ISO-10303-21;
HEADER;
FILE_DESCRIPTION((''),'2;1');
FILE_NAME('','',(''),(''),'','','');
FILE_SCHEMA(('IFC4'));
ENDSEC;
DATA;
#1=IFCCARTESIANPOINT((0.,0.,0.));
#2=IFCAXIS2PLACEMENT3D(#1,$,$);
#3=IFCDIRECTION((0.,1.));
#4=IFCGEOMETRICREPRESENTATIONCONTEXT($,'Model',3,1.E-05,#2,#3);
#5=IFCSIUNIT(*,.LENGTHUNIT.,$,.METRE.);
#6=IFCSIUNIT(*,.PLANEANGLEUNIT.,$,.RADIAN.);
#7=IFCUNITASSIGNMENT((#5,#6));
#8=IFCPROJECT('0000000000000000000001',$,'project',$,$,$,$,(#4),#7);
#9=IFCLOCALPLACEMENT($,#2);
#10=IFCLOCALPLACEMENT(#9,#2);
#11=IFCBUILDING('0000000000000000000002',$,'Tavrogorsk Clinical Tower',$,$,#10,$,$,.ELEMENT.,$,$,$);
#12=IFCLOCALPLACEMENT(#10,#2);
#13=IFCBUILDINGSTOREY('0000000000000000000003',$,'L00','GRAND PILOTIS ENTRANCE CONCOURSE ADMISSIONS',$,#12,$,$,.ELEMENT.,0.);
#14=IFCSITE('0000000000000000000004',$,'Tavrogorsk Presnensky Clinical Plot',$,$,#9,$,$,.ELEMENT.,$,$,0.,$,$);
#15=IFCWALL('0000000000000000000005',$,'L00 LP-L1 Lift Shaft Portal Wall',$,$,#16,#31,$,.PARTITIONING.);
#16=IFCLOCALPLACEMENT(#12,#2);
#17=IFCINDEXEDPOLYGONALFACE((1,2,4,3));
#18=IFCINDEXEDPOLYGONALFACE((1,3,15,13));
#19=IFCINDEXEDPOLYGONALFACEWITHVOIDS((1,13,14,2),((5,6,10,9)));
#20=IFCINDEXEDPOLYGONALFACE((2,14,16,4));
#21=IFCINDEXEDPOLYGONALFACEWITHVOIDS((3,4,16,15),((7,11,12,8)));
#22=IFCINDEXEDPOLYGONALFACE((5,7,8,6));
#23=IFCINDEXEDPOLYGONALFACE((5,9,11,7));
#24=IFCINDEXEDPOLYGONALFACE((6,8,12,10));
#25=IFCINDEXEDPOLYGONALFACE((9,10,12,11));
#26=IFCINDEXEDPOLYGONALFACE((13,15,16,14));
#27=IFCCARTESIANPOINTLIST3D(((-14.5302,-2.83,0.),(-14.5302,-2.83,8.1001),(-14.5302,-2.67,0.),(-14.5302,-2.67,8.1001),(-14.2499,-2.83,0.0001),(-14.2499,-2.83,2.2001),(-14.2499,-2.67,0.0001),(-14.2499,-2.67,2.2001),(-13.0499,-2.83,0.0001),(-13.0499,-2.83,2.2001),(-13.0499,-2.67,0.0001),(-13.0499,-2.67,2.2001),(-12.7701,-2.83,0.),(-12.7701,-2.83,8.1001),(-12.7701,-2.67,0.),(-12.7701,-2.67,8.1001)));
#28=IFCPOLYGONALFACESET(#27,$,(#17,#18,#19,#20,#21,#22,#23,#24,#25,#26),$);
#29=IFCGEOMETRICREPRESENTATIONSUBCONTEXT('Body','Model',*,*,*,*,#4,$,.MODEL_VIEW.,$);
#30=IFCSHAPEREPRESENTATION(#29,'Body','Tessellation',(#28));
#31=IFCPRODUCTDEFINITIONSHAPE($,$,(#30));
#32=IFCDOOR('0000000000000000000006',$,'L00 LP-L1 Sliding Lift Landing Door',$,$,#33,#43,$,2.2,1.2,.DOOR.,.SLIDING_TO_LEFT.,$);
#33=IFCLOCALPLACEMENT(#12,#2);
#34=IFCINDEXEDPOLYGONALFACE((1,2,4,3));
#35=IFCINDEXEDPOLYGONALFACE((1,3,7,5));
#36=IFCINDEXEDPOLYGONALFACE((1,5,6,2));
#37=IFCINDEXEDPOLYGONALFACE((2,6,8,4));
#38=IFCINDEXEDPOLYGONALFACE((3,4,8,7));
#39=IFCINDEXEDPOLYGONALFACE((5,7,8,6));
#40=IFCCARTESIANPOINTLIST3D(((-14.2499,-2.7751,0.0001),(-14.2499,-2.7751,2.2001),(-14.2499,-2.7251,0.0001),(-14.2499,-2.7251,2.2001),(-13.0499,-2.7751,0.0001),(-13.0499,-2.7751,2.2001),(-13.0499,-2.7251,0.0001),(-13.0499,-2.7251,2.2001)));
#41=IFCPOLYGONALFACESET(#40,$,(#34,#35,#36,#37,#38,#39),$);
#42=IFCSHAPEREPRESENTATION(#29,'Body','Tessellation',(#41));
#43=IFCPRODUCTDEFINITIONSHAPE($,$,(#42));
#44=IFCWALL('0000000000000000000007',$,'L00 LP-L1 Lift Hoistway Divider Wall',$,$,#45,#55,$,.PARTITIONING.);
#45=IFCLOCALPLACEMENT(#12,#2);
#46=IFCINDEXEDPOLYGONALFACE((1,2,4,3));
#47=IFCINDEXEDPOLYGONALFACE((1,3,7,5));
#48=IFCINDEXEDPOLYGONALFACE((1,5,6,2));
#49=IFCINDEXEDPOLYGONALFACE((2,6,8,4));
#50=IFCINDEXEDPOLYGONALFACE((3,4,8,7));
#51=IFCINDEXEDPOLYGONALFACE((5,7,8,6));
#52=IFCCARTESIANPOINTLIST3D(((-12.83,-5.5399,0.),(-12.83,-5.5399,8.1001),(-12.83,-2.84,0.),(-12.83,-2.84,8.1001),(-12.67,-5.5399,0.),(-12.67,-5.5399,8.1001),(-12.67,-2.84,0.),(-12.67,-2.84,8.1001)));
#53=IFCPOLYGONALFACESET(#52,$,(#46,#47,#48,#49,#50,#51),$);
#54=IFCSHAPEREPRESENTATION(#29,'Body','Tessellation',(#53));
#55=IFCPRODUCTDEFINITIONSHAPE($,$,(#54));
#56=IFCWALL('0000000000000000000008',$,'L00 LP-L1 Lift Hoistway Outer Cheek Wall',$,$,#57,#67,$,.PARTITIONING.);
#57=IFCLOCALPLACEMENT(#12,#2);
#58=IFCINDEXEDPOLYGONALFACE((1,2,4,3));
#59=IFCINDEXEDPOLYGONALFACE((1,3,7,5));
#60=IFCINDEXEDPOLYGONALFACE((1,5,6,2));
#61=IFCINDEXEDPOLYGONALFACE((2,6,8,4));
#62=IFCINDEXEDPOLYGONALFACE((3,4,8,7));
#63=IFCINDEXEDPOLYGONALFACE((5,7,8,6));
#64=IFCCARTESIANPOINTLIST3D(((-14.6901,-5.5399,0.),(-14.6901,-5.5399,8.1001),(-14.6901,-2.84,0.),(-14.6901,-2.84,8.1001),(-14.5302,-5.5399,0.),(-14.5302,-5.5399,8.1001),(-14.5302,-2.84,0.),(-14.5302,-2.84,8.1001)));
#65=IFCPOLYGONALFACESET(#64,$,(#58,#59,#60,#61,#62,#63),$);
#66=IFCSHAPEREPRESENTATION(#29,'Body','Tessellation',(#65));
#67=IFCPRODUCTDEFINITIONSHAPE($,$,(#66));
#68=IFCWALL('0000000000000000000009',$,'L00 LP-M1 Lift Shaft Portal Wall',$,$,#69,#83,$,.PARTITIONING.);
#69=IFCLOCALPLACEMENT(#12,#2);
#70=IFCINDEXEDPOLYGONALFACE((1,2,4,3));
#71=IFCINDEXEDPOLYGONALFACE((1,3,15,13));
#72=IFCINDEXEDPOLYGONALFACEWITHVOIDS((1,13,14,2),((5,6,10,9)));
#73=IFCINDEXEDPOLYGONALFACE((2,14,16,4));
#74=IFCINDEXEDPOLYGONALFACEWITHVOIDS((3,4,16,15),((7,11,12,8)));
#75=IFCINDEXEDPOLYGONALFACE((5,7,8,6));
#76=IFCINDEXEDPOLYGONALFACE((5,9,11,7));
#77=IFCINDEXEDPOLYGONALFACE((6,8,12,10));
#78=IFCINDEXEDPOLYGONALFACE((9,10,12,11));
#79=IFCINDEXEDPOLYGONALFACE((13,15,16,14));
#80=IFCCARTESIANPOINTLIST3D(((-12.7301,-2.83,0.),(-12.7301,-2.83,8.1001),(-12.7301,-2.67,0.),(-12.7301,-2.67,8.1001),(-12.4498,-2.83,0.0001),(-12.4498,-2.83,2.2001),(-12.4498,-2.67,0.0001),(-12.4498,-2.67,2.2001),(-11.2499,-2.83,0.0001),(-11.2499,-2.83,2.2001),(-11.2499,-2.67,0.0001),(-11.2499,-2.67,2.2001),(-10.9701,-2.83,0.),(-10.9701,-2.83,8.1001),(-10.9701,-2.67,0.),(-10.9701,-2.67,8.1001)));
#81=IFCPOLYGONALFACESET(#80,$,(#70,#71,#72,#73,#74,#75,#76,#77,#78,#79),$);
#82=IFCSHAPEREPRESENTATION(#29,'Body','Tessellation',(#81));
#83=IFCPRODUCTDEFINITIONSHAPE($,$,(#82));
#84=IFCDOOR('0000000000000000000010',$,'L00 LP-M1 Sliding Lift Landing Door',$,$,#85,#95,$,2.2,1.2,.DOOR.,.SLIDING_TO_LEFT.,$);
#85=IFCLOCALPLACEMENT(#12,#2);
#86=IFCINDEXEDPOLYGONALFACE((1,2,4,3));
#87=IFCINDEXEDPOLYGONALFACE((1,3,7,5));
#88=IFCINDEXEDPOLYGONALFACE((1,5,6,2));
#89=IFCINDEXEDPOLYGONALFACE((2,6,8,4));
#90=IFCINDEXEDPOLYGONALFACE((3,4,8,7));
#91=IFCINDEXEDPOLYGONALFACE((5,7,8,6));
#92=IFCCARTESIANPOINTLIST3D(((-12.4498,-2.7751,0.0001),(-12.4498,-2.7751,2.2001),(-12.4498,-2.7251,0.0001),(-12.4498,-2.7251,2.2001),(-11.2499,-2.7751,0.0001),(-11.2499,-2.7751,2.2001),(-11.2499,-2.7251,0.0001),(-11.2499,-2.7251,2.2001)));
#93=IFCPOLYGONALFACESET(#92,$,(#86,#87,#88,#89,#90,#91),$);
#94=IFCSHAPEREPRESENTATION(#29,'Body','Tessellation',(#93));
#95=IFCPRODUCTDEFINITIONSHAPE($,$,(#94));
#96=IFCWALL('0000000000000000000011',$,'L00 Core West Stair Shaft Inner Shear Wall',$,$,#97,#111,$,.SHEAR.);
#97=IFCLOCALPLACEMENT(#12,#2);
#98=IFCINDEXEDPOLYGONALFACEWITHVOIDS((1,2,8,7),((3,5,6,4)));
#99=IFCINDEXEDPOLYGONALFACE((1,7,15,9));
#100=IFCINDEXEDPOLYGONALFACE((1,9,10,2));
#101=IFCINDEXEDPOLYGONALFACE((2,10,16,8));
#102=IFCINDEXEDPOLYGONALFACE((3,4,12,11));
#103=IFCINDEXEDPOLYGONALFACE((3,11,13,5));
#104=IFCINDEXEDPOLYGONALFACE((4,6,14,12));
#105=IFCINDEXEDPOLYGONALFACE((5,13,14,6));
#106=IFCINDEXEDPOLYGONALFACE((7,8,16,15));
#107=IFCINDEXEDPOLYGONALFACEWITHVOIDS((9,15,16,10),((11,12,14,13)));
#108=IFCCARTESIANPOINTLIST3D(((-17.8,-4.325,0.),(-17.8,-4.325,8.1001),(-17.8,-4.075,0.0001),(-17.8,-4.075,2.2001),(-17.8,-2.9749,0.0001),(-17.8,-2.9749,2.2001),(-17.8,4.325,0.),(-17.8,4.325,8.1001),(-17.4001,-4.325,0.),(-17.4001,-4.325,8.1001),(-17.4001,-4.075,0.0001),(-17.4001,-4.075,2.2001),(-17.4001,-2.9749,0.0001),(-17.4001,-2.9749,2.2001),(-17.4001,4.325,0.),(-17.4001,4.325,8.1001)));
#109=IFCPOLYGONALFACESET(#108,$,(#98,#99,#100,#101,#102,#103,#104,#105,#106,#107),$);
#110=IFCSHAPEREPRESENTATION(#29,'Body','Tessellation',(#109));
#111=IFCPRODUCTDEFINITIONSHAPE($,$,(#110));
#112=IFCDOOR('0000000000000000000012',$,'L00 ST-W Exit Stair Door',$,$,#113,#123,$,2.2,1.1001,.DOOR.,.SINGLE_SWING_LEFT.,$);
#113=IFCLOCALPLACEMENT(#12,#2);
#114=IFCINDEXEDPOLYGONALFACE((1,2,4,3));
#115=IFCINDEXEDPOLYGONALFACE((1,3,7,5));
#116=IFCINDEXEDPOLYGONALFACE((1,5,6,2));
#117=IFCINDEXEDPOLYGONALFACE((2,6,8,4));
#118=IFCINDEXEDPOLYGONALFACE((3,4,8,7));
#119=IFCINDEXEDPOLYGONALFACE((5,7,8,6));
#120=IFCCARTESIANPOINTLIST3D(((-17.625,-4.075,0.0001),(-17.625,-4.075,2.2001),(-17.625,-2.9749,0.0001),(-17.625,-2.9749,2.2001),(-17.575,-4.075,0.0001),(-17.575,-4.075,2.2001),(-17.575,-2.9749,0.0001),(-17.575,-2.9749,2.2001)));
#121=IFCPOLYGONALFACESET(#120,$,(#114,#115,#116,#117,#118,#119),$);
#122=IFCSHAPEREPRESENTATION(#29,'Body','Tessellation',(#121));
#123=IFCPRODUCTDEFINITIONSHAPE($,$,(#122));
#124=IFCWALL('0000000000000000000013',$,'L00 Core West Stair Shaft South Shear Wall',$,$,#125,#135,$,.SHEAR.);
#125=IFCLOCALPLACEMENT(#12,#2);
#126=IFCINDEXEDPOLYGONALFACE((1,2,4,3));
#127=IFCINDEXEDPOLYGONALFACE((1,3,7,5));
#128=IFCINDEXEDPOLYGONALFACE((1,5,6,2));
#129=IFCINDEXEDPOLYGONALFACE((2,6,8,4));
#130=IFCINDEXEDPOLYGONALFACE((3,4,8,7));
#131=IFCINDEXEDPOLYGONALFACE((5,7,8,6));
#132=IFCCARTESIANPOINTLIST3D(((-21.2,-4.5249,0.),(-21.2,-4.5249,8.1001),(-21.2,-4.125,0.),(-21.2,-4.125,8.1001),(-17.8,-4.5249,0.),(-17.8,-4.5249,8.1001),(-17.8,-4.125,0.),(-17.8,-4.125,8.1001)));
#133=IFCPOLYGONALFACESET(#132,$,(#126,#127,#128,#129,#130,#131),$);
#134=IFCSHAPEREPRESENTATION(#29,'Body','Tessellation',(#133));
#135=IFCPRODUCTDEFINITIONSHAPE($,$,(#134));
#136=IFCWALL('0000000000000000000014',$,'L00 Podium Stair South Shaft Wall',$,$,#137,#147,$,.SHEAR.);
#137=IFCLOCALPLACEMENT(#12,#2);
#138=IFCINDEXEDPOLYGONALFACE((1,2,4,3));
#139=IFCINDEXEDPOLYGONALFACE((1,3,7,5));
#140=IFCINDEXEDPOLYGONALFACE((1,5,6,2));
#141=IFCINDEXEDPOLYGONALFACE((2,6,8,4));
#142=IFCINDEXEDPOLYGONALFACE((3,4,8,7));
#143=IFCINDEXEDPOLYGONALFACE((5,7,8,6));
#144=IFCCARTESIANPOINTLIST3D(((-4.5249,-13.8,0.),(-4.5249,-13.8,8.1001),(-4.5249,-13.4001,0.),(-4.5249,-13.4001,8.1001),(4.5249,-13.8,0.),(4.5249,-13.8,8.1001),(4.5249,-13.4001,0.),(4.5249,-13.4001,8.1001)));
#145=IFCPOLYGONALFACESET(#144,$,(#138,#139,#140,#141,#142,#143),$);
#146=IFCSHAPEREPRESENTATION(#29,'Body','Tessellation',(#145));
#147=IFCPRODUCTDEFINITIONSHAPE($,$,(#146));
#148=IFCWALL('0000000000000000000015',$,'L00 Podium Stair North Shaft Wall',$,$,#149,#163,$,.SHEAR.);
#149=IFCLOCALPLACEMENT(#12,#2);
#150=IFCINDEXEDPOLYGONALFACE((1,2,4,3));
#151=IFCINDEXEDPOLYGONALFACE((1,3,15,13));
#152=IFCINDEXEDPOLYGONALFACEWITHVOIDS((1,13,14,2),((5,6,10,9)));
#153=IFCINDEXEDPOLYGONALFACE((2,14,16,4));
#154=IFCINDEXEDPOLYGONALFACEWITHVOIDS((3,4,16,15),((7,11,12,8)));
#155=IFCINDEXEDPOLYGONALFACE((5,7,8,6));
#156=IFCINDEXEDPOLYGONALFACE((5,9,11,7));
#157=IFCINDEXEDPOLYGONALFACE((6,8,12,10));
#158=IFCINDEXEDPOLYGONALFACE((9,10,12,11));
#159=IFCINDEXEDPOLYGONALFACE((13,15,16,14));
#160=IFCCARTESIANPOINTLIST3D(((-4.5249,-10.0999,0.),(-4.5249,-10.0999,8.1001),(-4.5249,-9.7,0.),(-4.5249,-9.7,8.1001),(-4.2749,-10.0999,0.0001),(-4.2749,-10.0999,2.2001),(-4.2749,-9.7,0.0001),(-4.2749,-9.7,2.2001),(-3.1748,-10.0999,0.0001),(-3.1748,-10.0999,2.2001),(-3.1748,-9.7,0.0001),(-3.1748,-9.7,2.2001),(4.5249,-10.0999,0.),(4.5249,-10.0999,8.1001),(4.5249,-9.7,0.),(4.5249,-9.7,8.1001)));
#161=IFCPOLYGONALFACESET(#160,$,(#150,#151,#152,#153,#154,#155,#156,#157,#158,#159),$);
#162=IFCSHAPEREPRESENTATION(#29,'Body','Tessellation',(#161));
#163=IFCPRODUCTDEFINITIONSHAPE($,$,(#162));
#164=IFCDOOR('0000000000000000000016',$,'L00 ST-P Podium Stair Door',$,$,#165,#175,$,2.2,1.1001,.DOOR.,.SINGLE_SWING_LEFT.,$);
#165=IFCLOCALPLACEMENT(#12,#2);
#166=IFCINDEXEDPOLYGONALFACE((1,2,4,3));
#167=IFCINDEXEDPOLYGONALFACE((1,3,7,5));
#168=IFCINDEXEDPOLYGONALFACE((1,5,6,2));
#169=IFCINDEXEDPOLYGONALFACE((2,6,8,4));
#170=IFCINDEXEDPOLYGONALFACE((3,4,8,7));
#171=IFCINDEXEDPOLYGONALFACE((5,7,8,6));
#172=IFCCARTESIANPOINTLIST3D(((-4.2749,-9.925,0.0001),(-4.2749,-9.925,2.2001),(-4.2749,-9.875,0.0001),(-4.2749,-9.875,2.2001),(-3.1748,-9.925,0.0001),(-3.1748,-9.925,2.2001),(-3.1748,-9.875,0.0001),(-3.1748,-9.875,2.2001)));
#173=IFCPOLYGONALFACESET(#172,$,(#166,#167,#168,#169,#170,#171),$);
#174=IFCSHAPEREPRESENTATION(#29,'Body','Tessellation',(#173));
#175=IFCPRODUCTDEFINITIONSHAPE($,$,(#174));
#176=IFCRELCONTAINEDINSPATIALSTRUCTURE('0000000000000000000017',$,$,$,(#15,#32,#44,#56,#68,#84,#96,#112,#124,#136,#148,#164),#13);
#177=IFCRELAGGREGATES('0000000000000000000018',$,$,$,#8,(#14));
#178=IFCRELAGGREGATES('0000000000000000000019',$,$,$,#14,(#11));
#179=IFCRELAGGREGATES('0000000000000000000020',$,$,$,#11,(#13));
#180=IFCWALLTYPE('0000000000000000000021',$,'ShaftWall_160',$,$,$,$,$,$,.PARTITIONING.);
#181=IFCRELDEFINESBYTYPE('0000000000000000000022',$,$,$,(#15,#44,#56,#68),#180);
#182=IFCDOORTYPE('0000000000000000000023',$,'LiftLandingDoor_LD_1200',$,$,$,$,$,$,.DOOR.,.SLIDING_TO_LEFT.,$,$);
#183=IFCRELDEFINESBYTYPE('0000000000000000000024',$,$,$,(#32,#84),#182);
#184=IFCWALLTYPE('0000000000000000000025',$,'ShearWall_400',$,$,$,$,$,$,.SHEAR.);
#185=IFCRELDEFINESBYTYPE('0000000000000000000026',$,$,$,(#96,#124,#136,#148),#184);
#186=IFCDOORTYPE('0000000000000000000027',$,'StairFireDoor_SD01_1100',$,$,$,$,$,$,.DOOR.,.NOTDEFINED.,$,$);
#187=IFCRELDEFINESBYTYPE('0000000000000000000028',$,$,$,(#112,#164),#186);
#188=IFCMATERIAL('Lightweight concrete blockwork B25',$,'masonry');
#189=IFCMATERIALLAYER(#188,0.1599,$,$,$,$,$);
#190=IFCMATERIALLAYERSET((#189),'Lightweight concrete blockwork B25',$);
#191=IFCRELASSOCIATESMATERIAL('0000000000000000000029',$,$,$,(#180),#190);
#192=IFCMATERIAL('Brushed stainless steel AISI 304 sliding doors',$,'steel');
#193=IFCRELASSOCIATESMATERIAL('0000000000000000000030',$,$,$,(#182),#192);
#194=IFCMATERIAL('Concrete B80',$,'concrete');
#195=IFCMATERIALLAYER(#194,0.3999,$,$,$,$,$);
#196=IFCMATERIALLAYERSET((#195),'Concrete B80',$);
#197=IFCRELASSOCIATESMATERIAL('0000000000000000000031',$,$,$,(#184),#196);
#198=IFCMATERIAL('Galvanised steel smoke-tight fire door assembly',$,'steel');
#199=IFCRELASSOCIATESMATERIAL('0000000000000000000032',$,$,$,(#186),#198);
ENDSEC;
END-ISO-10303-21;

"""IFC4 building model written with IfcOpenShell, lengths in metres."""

from ifc_helpers import new_model, si_unit, direction, frame, frame_2d, origin, place, context, subcontext, project, spatial, rectangle, extrude, material, layer, layer_set, type_object, element, fill, save


model = new_model("IFC4")

# Units and contexts
model_context = context("Model", 3, precision=1e-05, world=origin(), true_north=direction((0.0, 1.0)))
body_context = subcontext(model_context, "Body", "Model", "MODEL_VIEW")
ifc_project = project(units=[si_unit("LENGTHUNIT", "METRE"), si_unit("PLANEANGLEUNIT", "RADIAN")], contexts=[model_context])

# Site, building, storey
site_placement = place(None, origin())
site = spatial("IfcSite", under=ifc_project, at=site_placement, Name="Tavrogorsk Presnensky Clinical Plot", CompositionType="ELEMENT", RefElevation=0.0)
building_placement = place(site_placement, origin())
building = spatial("IfcBuilding", under=site, at=building_placement, Name="Tavrogorsk Clinical Tower", CompositionType="ELEMENT")
storey_placement = place(building_placement, origin())
storey = spatial("IfcBuildingStorey", under=building, at=storey_placement, Name="L00", Description="GRAND PILOTIS ENTRANCE CONCOURSE ADMISSIONS", CompositionType="ELEMENT", Elevation=0.0)

# Wall, opening, door
ifc_material_1 = material(Name="Lightweight concrete blockwork B25", Category="masonry")
ifc_layer_1 = layer(ifc_material_1, 0.1599)
ifc_layer_set_1 = layer_set([ifc_layer_1], Name="Lightweight concrete blockwork B25")
wall_type_1 = type_object("IfcWallType", Name="ShaftWall_160", PredefinedType="PARTITIONING", material=ifc_layer_set_1)
wall_1_placement = place(storey_placement, frame((-14.53, -2.75, 0.0), z_axis=(0.0, 0.0, 1.0), x_axis=(1.0, 0.0, 0.0)))
wall_1 = element("IfcWall", 1, at=wall_1_placement, inside=storey, type_object=wall_type_1, Name="L00 LP-L1 Lift Shaft Portal Wall", PredefinedType="PARTITIONING", context=body_context, shape_type="SweptSolid", body=[
    extrude(rectangle(XDim=1.76, YDim=0.1599, at=frame_2d((0.8799, 0.0))), origin(), (0.0, 0.0, 1.0), 8.1001),
])
opening_1_placement = place(wall_1_placement, frame((0.28, 0.0, 0.0)))
opening_1 = element("IfcOpeningElement", 2, at=opening_1_placement, cuts=wall_1, PredefinedType="OPENING", context=body_context, shape_type="SweptSolid", body=[
    extrude(rectangle(XDim=1.2, YDim=2.2, at=frame_2d((0.6001, 1.1001))), frame((0.0, 0.0898, 0.0), z_axis=(0.0, -1.0, 0.0), x_axis=(1.0, 0.0, 0.0)), (0.0, 0.0, 1.0), 0.1799),
])
ifc_material_2 = material(Name="Brushed stainless steel AISI 304 sliding doors", Category="steel")
door_type_1 = type_object("IfcDoorType", Name="LiftLandingDoor_LD_1200", OperationType="SLIDING_TO_LEFT", PredefinedType="DOOR", material=ifc_material_2)
door_1_placement = place(opening_1_placement, origin())
door_1 = element("IfcDoor", 3, at=door_1_placement, inside=storey, type_object=door_type_1, Name="L00 LP-L1 Sliding Lift Landing Door", OperationType="SLIDING_TO_LEFT", OverallHeight=2.2, OverallWidth=1.2, PredefinedType="DOOR", context=body_context, shape_type="SweptSolid", body=[
    extrude(rectangle(XDim=1.2, YDim=2.2, at=frame_2d((0.6001, 1.1001))), frame((0.0, 0.0249, 0.0), z_axis=(0.0, -1.0, 0.0), x_axis=(1.0, 0.0, 0.0)), (0.0, 0.0, 1.0), 0.05),
])
fill(opening_1, door_1)

# Walls
for number, where, z_axis, x_axis, name in (
    (4, (-12.75, -5.54, 0.0), (0.0, 0.0, 1.0), (0.0, 1.0, 0.0), "L00 LP-L1 Lift Hoistway Divider Wall"),
    (5, (-14.6101, -5.54, 0.0), (0.0, 0.0, 1.0), (0.0, 1.0, 0.0), "L00 LP-L1 Lift Hoistway Outer Cheek Wall"),
):
    element("IfcWall", number, at=place(storey_placement, frame(where, z_axis=z_axis, x_axis=x_axis)), inside=storey, type_object=wall_type_1, Name=name, PredefinedType="PARTITIONING", context=body_context, shape_type="SweptSolid", body=[
        extrude(rectangle(XDim=2.7, YDim=0.1599, at=frame_2d((1.3501, 0.0))), origin(), (0.0, 0.0, 1.0), 8.1001),
    ])

# Walls, openings, doors
wall_2_placement = place(storey_placement, frame((-12.73, -2.75, 0.0), z_axis=(0.0, 0.0, 1.0), x_axis=(1.0, 0.0, 0.0)))
wall_2 = element("IfcWall", 6, at=wall_2_placement, inside=storey, type_object=wall_type_1, Name="L00 LP-M1 Lift Shaft Portal Wall", PredefinedType="PARTITIONING", context=body_context, shape_type="SweptSolid", body=[
    extrude(rectangle(XDim=1.76, YDim=0.1599, at=frame_2d((0.8799, 0.0))), origin(), (0.0, 0.0, 1.0), 8.1001),
])
opening_2_placement = place(wall_2_placement, frame((0.28, 0.0, 0.0)))
opening_2 = element("IfcOpeningElement", 7, at=opening_2_placement, cuts=wall_2, PredefinedType="OPENING", context=body_context, shape_type="SweptSolid", body=[
    extrude(rectangle(XDim=1.2, YDim=2.2, at=frame_2d((0.6001, 1.1001))), frame((0.0, 0.0898, 0.0), z_axis=(0.0, -1.0, 0.0), x_axis=(1.0, 0.0, 0.0)), (0.0, 0.0, 1.0), 0.1799),
])
door_2_placement = place(opening_2_placement, origin())
door_2 = element("IfcDoor", 8, at=door_2_placement, inside=storey, type_object=door_type_1, Name="L00 LP-M1 Sliding Lift Landing Door", OperationType="SLIDING_TO_LEFT", OverallHeight=2.2, OverallWidth=1.2, PredefinedType="DOOR", context=body_context, shape_type="SweptSolid", body=[
    extrude(rectangle(XDim=1.2, YDim=2.2, at=frame_2d((0.6001, 1.1001))), frame((0.0, 0.0249, 0.0), z_axis=(0.0, -1.0, 0.0), x_axis=(1.0, 0.0, 0.0)), (0.0, 0.0, 1.0), 0.05),
])
fill(opening_2, door_2)
ifc_material_3 = material(Name="Concrete B80", Category="concrete")
ifc_layer_2 = layer(ifc_material_3, 0.3999)
ifc_layer_set_2 = layer_set([ifc_layer_2], Name="Concrete B80")
wall_type_2 = type_object("IfcWallType", Name="ShearWall_400", PredefinedType="SHEAR", material=ifc_layer_set_2)
wall_3_placement = place(storey_placement, frame((-17.6001, -4.325, 0.0), z_axis=(0.0, 0.0, 1.0), x_axis=(0.0, 1.0, 0.0)))
wall_3 = element("IfcWall", 9, at=wall_3_placement, inside=storey, type_object=wall_type_2, Name="L00 Core West Stair Shaft Inner Shear Wall", PredefinedType="SHEAR", context=body_context, shape_type="SweptSolid", body=[
    extrude(rectangle(XDim=8.6499, YDim=0.3999, at=frame_2d((4.325, 0.0))), origin(), (0.0, 0.0, 1.0), 8.1001),
])
opening_3_placement = place(wall_3_placement, frame((0.25, 0.0, 0.0)))
opening_3 = element("IfcOpeningElement", 10, at=opening_3_placement, cuts=wall_3, PredefinedType="OPENING", context=body_context, shape_type="SweptSolid", body=[
    extrude(rectangle(XDim=1.1001, YDim=2.2, at=frame_2d((0.55, 1.1001))), frame((0.0, 0.21, 0.0), z_axis=(0.0, -1.0, 0.0), x_axis=(1.0, 0.0, 0.0)), (0.0, 0.0, 1.0), 0.4199),
])
ifc_material_4 = material(Name="Galvanised steel smoke-tight fire door assembly", Category="steel")
door_type_2 = type_object("IfcDoorType", Name="StairFireDoor_SD01_1100", OperationType="NOTDEFINED", PredefinedType="DOOR", material=ifc_material_4)
door_3_placement = place(opening_3_placement, origin())
door_3 = element("IfcDoor", 11, at=door_3_placement, inside=storey, type_object=door_type_2, Name="L00 ST-W Exit Stair Door", OperationType="SINGLE_SWING_LEFT", OverallHeight=2.2, OverallWidth=1.1001, PredefinedType="DOOR", context=body_context, shape_type="SweptSolid", body=[
    extrude(rectangle(XDim=1.1001, YDim=2.2, at=frame_2d((0.55, 1.1001))), frame((0.0, 0.0249, 0.0), z_axis=(0.0, -1.0, 0.0), x_axis=(1.0, 0.0, 0.0)), (0.0, 0.0, 1.0), 0.05),
])
fill(opening_3, door_3)

# Walls
wall_4_placement = place(storey_placement, frame((-21.2, -4.325, 0.0), z_axis=(0.0, 0.0, 1.0), x_axis=(1.0, 0.0, 0.0)))
element("IfcWall", 12, at=wall_4_placement, inside=storey, type_object=wall_type_2, Name="L00 Core West Stair Shaft South Shear Wall", PredefinedType="SHEAR", context=body_context, shape_type="SweptSolid", body=[
    extrude(rectangle(XDim=3.3999, YDim=0.3999, at=frame_2d((1.7, 0.0))), origin(), (0.0, 0.0, 1.0), 8.1001),
])
wall_5_placement = place(storey_placement, frame((-4.5249, -13.6001, 0.0), z_axis=(0.0, 0.0, 1.0), x_axis=(1.0, 0.0, 0.0)))
element("IfcWall", 13, at=wall_5_placement, inside=storey, type_object=wall_type_2, Name="L00 Podium Stair South Shaft Wall", PredefinedType="SHEAR", context=body_context, shape_type="SweptSolid", body=[
    extrude(rectangle(XDim=9.0498, YDim=0.3999, at=frame_2d((4.5249, 0.0))), origin(), (0.0, 0.0, 1.0), 8.1001),
])

# Wall, opening, door
wall_6_placement = place(storey_placement, frame((-4.5249, -9.8999, 0.0), z_axis=(0.0, 0.0, 1.0), x_axis=(1.0, 0.0, 0.0)))
wall_6 = element("IfcWall", 14, at=wall_6_placement, inside=storey, type_object=wall_type_2, Name="L00 Podium Stair North Shaft Wall", PredefinedType="SHEAR", context=body_context, shape_type="SweptSolid", body=[
    extrude(rectangle(XDim=9.0498, YDim=0.3999, at=frame_2d((4.5249, 0.0))), origin(), (0.0, 0.0, 1.0), 8.1001),
])
opening_4_placement = place(wall_6_placement, frame((0.25, 0.0, 0.0)))
opening_4 = element("IfcOpeningElement", 15, at=opening_4_placement, cuts=wall_6, PredefinedType="OPENING", context=body_context, shape_type="SweptSolid", body=[
    extrude(rectangle(XDim=1.1001, YDim=2.2, at=frame_2d((0.55, 1.1001))), frame((0.0, 0.21, 0.0), z_axis=(0.0, -1.0, 0.0), x_axis=(1.0, 0.0, 0.0)), (0.0, 0.0, 1.0), 0.4199),
])
door_4_placement = place(opening_4_placement, origin())
door_4 = element("IfcDoor", 16, at=door_4_placement, inside=storey, type_object=door_type_2, Name="L00 ST-P Podium Stair Door", OperationType="SINGLE_SWING_LEFT", OverallHeight=2.2, OverallWidth=1.1001, PredefinedType="DOOR", context=body_context, shape_type="SweptSolid", body=[
    extrude(rectangle(XDim=1.1001, YDim=2.2, at=frame_2d((0.55, 1.1001))), frame((0.0, 0.0249, 0.0), z_axis=(0.0, -1.0, 0.0), x_axis=(1.0, 0.0, 0.0)), (0.0, 0.0, 1.0), 0.05),
])
fill(opening_4, door_4)

save(model, "model.ifc")
